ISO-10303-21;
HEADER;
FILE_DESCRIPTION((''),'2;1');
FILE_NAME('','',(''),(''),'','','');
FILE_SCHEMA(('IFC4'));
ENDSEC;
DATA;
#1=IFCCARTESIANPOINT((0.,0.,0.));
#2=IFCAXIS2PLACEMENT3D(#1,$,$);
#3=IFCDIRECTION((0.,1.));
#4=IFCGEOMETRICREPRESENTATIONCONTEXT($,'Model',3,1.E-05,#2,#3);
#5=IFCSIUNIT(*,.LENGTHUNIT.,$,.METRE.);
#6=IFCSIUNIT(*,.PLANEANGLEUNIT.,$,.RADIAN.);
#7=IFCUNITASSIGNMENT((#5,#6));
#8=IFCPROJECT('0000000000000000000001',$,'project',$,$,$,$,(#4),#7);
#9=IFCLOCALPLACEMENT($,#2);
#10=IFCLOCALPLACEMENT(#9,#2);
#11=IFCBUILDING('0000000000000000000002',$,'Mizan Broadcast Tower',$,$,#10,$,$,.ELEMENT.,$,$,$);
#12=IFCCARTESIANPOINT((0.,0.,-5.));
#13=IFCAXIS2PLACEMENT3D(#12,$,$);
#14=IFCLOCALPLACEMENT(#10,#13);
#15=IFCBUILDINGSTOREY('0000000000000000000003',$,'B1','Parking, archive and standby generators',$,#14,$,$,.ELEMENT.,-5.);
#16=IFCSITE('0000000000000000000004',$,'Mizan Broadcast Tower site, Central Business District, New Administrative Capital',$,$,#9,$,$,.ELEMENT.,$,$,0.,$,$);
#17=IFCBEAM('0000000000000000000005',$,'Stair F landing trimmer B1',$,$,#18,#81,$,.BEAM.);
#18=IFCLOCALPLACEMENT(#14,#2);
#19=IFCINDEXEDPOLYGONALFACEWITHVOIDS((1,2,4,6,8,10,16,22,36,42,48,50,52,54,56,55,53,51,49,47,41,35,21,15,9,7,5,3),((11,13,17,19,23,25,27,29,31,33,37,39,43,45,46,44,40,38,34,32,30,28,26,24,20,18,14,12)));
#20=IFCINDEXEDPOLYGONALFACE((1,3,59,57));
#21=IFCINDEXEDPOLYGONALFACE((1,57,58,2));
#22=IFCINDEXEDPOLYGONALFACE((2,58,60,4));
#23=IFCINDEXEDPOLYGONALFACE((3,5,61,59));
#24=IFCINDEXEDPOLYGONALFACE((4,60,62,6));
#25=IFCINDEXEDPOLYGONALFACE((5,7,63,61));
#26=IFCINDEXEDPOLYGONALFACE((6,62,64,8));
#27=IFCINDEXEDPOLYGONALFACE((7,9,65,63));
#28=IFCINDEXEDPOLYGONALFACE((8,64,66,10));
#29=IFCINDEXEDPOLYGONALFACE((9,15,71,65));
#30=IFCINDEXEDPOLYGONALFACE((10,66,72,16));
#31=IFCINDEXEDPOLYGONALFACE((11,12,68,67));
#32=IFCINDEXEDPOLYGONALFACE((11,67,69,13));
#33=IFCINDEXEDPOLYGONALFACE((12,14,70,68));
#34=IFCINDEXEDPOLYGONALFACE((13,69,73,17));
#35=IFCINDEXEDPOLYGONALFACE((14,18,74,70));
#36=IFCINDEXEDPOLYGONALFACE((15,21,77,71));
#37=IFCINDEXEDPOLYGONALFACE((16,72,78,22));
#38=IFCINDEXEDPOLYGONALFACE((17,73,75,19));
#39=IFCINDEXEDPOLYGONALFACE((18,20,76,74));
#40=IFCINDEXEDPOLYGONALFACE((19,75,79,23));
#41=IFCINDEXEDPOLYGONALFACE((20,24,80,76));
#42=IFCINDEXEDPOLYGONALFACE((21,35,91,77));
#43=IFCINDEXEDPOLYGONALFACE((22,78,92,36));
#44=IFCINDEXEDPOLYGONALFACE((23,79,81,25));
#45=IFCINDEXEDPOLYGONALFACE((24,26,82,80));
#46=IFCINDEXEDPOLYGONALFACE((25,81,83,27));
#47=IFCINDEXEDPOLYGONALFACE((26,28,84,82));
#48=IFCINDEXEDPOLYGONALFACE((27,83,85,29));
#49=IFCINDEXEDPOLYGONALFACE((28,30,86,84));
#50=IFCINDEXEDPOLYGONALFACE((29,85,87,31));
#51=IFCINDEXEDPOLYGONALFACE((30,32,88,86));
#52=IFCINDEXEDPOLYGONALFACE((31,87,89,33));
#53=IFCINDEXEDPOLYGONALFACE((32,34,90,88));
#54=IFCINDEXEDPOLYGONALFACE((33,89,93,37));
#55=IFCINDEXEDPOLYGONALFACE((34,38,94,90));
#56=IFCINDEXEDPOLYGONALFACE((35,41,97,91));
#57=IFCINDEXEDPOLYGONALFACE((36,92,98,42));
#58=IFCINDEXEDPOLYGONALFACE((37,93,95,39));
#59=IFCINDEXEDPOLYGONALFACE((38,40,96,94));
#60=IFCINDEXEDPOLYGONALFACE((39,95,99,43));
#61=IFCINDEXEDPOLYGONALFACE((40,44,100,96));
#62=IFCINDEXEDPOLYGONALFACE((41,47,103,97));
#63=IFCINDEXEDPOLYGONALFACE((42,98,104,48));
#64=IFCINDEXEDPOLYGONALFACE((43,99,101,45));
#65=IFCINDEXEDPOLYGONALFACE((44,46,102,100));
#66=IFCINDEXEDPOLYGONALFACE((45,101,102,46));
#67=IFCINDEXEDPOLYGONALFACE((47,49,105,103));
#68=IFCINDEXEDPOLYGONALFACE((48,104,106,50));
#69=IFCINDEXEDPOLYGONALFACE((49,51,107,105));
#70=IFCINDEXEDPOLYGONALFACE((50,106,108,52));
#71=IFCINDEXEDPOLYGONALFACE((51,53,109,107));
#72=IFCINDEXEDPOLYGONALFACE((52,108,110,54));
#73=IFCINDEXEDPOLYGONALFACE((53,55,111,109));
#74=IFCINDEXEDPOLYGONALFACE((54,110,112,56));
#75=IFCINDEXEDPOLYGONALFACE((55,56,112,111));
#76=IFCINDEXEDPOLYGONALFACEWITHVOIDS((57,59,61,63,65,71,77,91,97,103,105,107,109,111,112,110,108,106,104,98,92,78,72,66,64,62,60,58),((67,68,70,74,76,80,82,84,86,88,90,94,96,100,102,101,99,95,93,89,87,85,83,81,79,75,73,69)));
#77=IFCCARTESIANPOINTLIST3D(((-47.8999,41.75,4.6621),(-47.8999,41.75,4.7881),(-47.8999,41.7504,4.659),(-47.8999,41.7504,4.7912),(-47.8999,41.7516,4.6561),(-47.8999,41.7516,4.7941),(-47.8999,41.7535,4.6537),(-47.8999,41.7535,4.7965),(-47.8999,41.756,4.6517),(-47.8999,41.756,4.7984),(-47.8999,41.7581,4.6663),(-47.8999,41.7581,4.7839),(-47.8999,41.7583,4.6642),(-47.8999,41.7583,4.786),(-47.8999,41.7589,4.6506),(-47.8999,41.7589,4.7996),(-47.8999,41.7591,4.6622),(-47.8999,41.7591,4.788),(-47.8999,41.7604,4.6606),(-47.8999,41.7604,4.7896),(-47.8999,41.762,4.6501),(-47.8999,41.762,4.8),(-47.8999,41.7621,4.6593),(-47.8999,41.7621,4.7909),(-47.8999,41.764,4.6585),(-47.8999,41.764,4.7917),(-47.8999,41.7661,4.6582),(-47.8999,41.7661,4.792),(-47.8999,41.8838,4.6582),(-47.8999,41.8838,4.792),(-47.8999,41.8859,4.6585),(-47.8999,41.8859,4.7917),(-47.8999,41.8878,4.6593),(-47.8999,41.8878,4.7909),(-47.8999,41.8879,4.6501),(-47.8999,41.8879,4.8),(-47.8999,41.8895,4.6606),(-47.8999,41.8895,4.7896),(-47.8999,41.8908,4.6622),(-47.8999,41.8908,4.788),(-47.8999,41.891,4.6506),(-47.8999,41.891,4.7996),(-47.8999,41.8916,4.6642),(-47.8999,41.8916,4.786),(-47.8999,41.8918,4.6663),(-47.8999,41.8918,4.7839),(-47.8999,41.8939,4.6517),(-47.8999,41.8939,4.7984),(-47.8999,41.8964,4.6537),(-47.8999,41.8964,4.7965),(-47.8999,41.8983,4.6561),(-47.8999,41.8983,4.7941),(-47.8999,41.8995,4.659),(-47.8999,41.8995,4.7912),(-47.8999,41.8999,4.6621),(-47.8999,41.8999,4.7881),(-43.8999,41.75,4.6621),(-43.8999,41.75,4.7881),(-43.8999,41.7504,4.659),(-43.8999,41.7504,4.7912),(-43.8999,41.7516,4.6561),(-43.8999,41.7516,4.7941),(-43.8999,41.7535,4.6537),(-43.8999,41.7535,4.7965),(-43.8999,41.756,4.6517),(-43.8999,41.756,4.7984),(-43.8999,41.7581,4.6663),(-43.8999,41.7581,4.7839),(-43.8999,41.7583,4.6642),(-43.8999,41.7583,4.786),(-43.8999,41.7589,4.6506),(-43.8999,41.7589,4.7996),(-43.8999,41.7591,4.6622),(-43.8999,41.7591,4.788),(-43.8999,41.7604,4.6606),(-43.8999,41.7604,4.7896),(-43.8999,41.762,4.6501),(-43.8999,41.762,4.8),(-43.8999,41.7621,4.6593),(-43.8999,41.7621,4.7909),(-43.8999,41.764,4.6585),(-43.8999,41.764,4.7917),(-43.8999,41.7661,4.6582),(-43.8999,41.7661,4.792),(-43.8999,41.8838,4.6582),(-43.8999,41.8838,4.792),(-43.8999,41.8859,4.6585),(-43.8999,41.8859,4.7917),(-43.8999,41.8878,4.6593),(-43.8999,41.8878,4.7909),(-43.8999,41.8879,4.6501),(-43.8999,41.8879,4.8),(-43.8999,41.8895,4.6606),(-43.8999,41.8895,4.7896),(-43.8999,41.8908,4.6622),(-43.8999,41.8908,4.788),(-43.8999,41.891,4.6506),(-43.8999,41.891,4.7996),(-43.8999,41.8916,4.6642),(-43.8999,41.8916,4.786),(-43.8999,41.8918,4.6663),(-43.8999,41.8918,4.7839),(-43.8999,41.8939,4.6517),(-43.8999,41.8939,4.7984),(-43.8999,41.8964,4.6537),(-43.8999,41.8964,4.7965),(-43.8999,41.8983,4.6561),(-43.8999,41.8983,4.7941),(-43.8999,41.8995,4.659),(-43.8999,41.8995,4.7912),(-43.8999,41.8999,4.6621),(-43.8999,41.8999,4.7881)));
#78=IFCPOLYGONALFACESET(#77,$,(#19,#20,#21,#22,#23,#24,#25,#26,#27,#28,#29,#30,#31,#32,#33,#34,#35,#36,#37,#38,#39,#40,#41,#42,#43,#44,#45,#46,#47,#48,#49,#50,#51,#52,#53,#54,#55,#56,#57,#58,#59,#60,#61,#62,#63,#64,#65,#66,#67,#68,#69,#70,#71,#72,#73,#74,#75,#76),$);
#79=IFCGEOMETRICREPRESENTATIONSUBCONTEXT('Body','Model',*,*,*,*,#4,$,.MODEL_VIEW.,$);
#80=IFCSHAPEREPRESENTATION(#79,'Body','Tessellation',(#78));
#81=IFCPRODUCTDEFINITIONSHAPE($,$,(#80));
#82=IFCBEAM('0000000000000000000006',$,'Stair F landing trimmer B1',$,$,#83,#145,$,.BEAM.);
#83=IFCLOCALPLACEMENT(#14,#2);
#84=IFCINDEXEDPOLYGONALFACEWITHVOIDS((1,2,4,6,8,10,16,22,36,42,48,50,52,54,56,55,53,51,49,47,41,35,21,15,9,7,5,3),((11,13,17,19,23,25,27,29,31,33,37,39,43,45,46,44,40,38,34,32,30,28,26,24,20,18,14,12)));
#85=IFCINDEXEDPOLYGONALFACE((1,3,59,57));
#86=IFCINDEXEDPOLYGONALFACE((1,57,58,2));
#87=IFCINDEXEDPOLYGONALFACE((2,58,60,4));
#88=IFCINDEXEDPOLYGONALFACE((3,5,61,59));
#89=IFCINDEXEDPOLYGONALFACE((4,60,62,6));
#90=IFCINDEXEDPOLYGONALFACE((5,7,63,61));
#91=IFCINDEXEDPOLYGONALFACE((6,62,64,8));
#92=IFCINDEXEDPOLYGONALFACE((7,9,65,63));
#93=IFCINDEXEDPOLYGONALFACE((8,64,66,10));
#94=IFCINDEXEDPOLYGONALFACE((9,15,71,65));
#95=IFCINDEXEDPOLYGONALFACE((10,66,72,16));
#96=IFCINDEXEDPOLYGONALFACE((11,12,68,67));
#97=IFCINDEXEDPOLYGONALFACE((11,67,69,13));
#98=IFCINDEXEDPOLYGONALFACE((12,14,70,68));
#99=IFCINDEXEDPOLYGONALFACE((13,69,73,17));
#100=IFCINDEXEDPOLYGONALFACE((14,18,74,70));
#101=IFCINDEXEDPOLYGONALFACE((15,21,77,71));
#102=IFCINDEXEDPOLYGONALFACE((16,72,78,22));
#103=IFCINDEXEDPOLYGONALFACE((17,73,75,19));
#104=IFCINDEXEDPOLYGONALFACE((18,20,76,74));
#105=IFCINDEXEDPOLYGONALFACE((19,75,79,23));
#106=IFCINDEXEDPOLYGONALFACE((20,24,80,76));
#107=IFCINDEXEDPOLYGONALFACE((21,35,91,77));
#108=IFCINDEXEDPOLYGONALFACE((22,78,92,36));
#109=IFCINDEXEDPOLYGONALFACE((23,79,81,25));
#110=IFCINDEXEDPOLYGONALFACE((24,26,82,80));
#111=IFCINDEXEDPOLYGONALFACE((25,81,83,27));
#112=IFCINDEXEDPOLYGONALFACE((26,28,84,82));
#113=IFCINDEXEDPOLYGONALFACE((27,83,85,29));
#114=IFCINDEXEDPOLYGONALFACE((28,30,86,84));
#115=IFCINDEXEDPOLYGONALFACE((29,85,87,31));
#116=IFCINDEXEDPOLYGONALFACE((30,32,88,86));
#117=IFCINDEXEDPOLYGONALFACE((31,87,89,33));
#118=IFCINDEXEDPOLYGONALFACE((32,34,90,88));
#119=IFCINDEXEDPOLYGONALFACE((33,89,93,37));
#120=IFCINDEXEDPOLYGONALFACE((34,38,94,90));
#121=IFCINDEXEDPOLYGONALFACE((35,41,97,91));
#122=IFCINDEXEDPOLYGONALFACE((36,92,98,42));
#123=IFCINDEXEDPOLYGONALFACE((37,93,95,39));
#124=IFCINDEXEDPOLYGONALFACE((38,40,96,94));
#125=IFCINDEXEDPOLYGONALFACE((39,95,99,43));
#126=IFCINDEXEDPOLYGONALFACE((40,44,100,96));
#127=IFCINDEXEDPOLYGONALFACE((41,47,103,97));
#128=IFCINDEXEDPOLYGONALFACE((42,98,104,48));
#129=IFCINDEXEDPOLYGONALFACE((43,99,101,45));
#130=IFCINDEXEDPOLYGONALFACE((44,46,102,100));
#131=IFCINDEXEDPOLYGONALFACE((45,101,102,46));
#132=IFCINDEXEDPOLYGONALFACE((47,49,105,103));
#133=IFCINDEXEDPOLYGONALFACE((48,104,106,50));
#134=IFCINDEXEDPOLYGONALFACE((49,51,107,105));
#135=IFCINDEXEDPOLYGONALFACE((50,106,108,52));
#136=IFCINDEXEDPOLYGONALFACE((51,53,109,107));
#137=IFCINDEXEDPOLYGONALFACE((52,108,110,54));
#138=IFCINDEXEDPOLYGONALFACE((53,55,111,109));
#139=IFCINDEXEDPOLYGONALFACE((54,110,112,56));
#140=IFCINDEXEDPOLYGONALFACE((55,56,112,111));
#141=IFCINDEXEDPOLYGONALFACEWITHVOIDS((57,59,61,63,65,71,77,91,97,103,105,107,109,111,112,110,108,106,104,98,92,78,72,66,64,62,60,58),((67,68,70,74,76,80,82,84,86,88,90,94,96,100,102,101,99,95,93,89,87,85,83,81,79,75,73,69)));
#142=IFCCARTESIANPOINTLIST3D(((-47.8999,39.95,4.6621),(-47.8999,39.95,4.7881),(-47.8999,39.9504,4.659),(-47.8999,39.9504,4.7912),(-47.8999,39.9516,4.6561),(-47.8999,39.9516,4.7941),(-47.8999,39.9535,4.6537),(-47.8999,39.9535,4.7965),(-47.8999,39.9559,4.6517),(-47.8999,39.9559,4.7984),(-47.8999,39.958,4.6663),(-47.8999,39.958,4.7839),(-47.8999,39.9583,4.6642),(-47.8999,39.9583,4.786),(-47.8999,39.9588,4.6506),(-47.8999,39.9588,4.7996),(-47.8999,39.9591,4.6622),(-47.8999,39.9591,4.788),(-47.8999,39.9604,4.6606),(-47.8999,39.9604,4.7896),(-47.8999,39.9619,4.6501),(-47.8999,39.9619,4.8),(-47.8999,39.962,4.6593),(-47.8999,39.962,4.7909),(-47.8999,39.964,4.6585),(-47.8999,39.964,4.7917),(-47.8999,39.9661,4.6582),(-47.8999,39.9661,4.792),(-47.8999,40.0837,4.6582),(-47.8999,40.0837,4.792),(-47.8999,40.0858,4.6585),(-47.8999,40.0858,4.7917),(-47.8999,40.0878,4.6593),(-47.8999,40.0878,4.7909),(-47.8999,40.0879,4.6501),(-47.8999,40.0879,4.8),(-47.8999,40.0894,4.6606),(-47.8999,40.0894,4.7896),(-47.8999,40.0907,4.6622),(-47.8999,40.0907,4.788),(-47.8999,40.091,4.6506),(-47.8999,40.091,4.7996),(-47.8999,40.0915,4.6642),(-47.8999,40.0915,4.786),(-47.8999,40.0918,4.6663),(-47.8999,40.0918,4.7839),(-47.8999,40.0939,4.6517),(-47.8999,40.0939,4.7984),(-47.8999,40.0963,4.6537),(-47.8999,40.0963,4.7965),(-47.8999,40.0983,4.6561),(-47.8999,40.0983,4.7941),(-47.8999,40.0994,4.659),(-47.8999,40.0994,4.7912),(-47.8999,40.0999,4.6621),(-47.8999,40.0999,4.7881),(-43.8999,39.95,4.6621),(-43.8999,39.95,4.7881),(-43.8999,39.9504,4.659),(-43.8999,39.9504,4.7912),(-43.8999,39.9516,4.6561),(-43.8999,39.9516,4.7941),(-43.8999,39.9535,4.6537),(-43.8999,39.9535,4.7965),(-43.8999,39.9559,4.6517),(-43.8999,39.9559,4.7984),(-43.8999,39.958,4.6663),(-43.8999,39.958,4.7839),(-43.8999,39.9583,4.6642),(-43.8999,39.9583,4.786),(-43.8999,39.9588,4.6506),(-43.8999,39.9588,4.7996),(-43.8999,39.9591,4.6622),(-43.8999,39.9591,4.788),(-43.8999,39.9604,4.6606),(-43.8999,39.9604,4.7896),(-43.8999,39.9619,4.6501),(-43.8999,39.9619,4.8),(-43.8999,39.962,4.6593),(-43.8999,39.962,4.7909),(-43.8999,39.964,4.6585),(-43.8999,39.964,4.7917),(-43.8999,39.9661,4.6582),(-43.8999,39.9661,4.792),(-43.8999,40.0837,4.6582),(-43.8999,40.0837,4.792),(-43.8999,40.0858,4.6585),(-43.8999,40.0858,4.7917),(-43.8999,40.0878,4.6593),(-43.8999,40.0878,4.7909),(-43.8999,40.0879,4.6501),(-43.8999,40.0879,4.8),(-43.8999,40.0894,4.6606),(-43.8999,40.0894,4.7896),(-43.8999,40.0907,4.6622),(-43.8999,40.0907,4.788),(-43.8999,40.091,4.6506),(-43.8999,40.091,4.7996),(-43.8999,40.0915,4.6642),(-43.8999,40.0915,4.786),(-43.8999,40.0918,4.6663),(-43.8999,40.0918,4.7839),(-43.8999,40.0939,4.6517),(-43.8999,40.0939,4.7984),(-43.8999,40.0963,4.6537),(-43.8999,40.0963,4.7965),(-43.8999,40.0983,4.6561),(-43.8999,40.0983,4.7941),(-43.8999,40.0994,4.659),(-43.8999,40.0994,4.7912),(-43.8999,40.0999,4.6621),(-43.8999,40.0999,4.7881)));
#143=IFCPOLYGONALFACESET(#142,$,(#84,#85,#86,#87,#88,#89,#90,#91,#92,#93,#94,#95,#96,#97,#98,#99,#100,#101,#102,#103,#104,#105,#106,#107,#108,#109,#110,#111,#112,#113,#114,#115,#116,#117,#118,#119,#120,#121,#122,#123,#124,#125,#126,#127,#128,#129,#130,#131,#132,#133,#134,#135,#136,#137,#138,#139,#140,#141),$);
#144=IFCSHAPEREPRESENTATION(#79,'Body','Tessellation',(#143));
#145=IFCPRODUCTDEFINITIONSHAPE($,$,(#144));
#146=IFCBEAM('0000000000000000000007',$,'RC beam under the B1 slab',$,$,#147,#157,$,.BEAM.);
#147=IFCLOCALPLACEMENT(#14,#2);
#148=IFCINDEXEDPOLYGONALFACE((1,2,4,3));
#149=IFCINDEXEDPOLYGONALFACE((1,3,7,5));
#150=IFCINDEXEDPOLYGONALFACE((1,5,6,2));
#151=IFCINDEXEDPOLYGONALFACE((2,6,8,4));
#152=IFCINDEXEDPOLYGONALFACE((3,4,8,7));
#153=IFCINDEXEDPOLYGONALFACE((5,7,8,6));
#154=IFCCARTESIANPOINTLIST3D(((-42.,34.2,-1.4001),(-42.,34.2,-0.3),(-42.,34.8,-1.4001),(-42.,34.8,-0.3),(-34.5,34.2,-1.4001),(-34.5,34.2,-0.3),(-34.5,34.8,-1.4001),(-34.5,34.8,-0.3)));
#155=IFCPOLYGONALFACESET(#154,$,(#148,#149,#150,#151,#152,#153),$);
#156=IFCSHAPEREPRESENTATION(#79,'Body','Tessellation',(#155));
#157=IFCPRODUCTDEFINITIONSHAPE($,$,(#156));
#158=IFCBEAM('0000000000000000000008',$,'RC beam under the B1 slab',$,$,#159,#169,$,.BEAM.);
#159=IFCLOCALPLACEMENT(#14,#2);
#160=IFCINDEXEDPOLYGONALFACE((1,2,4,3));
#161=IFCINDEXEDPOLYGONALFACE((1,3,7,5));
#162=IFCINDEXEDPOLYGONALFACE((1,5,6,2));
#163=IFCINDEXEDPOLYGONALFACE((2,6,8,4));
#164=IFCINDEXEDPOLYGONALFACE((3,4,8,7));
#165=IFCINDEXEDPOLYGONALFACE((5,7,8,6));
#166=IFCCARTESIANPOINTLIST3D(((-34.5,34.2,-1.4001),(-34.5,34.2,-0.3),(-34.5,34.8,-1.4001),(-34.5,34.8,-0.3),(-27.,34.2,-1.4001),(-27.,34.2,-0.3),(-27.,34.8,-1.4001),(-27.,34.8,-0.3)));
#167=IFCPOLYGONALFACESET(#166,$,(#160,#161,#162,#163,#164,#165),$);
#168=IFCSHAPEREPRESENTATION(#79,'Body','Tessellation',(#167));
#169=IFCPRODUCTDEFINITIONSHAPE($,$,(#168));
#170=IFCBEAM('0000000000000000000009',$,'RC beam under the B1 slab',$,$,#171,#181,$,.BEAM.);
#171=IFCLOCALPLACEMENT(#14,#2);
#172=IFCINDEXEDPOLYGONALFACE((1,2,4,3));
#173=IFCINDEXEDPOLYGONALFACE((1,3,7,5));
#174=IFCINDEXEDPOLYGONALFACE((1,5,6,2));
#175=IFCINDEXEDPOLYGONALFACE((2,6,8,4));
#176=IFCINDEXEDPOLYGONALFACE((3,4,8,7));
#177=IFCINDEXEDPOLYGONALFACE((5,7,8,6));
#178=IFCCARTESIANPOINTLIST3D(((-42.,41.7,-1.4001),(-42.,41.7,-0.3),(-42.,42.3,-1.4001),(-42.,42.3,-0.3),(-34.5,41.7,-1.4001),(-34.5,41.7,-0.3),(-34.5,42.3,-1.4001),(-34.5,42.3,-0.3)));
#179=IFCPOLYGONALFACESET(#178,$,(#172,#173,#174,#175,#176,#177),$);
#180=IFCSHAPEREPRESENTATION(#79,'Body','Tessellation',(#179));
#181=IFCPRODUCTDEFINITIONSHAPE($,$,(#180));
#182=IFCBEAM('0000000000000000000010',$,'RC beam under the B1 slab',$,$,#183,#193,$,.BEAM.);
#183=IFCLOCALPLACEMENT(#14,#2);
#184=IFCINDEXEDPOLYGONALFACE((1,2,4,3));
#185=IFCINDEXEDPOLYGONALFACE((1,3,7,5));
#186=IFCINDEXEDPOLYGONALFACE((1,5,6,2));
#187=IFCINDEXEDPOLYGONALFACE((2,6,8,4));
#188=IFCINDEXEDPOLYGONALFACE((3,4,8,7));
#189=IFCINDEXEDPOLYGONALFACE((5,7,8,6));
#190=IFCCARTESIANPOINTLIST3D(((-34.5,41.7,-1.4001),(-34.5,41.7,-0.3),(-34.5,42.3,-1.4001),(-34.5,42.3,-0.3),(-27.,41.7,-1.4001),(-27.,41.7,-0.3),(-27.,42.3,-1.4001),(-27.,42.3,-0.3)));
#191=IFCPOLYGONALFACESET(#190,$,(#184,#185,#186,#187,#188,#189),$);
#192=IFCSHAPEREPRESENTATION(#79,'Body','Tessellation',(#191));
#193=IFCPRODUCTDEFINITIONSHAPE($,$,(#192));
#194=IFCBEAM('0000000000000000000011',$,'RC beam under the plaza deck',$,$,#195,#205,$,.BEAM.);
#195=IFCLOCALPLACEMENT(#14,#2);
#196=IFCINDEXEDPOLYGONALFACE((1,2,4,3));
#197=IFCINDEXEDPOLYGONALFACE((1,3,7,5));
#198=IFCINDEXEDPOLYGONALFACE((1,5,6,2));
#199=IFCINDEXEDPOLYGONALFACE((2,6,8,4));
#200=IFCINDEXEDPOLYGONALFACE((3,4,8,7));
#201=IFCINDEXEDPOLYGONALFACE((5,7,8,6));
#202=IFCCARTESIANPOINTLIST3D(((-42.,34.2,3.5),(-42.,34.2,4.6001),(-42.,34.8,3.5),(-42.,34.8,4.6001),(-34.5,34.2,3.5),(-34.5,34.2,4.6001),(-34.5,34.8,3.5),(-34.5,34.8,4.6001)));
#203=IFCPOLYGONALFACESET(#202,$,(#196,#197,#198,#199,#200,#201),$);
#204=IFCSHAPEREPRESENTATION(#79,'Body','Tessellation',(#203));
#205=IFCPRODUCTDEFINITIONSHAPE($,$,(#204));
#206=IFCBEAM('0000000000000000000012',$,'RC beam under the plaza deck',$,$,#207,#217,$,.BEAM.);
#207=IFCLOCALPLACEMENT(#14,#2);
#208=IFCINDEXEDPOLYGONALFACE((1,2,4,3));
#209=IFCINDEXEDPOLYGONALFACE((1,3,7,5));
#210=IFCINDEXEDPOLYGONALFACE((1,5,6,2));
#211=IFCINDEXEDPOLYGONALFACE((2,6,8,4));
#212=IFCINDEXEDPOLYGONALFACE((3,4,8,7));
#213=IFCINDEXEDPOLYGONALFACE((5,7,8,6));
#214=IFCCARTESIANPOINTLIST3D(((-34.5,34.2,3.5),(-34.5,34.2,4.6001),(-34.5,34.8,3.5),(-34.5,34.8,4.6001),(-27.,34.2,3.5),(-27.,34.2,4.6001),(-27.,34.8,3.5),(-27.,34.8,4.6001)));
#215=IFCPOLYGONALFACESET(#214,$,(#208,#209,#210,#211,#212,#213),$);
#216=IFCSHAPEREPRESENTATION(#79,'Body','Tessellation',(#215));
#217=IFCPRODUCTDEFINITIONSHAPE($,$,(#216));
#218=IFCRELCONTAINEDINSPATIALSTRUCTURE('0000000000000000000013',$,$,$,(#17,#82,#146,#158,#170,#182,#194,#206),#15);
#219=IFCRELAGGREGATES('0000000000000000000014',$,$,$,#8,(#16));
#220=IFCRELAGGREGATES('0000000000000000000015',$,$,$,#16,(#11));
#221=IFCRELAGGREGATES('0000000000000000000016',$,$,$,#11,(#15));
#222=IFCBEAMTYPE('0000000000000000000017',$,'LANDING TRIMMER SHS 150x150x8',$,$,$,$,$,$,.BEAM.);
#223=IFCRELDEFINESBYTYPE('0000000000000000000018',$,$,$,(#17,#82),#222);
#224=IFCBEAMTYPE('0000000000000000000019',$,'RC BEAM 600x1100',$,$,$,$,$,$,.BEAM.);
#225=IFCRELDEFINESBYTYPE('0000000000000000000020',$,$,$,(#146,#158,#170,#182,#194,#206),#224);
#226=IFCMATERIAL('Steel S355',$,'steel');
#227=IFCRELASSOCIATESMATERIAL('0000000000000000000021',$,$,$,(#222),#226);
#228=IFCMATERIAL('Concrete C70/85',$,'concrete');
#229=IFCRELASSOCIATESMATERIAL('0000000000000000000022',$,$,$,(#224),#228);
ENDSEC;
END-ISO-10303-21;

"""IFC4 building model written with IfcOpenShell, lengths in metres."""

from ifc_helpers import new_model, si_unit, direction, frame, origin, origin_2d, place, context, subcontext, project, spatial, rectangle, hollow_rectangle, extrude, material, material_profile, profile_set, type_object, element, save


model = new_model("IFC4")

# Units and contexts
model_context = context("Model", 3, precision=1e-05, world=origin(), true_north=direction((0.0, 1.0)))
body_context = subcontext(model_context, "Body", "Model", "MODEL_VIEW")
ifc_project = project(units=[si_unit("LENGTHUNIT", "METRE"), si_unit("PLANEANGLEUNIT", "RADIAN")], contexts=[model_context])

# Site, building, storey
site_placement = place(None, origin())
site = spatial("IfcSite", under=ifc_project, at=site_placement, Name="Mizan Broadcast Tower site, Central Business District, New Administrative Capital", CompositionType="ELEMENT", RefElevation=0.0)
building_placement = place(site_placement, origin())
building = spatial("IfcBuilding", under=site, at=building_placement, Name="Mizan Broadcast Tower", CompositionType="ELEMENT")
storey_placement = place(building_placement, frame((0.0, 0.0, -5.0)))
storey = spatial("IfcBuildingStorey", under=building, at=storey_placement, Name="B1", Description="Parking, archive and standby generators", CompositionType="ELEMENT", Elevation=-5.0)

# Beams
ifc_material_1 = material(Name="Steel S355", Category="steel")
ifc_material_profile_1 = material_profile(ifc_material_1, hollow_rectangle(XDim=0.1499, YDim=0.1499, WallThickness=0.0081, InnerFilletRadius=0.0081, OuterFilletRadius=0.012, at=origin_2d()), Name="SHS 150x150x8")
ifc_profile_set_1 = profile_set([ifc_material_profile_1], Name="Steel S355")
beam_type_1 = type_object("IfcBeamType", Name="LANDING TRIMMER SHS 150x150x8", PredefinedType="BEAM", material=ifc_profile_set_1)
for number, where, z_axis, x_axis, name in (
    (1, (-43.8999, 41.825, 4.7251), (-1.0, 0.0, 0.0), (0.0, -1.0, 0.0), "Stair F landing trimmer B1"),
    (2, (-43.8999, 40.0249, 4.7251), (-1.0, 0.0, 0.0), (0.0, -1.0, 0.0), "Stair F landing trimmer B1"),
):
    element("IfcBeam", number, at=place(storey_placement, frame(where, z_axis=z_axis, x_axis=x_axis)), inside=storey, type_object=beam_type_1, Name=name, PredefinedType="BEAM", context=body_context, shape_type="SweptSolid", body=[
        extrude(hollow_rectangle(XDim=0.1499, YDim=0.1499, WallThickness=0.0081, InnerFilletRadius=0.0081, OuterFilletRadius=0.012, at=origin_2d()), origin(), (0.0, 0.0, 1.0), 4.0),
    ])
ifc_material_2 = material(Name="Concrete C70/85", Category="concrete")
ifc_material_profile_2 = material_profile(ifc_material_2, rectangle(XDim=0.6001, YDim=1.1001, at=origin_2d()), Name="RC 600x1100")
ifc_profile_set_2 = profile_set([ifc_material_profile_2], Name="Concrete C70/85")
beam_type_2 = type_object("IfcBeamType", Name="RC BEAM 600x1100", PredefinedType="BEAM", material=ifc_profile_set_2)
for number, where, z_axis, x_axis, name in (
    (3, (-42.0, 34.5, -0.8501), (1.0, 0.0, 0.0), (0.0, 1.0, 0.0), "RC beam under the B1 slab"),
    (4, (-34.5, 34.5, -0.8501), (1.0, 0.0, 0.0), (0.0, 1.0, 0.0), "RC beam under the B1 slab"),
    (5, (-42.0, 42.0, -0.8501), (1.0, 0.0, 0.0), (0.0, 1.0, 0.0), "RC beam under the B1 slab"),
    (6, (-34.5, 42.0, -0.8501), (1.0, 0.0, 0.0), (0.0, 1.0, 0.0), "RC beam under the B1 slab"),
    (7, (-42.0, 34.5, 4.05), (1.0, 0.0, 0.0), (0.0, 1.0, 0.0), "RC beam under the plaza deck"),
    (8, (-34.5, 34.5, 4.05), (1.0, 0.0, 0.0), (0.0, 1.0, 0.0), "RC beam under the plaza deck"),
):
    element("IfcBeam", number, at=place(storey_placement, frame(where, z_axis=z_axis, x_axis=x_axis)), inside=storey, type_object=beam_type_2, Name=name, PredefinedType="BEAM", context=body_context, shape_type="SweptSolid", body=[
        extrude(rectangle(XDim=0.6001, YDim=1.1001, at=origin_2d()), origin(), (0.0, 0.0, 1.0), 7.5),
    ])

save(model, "model.ifc")
